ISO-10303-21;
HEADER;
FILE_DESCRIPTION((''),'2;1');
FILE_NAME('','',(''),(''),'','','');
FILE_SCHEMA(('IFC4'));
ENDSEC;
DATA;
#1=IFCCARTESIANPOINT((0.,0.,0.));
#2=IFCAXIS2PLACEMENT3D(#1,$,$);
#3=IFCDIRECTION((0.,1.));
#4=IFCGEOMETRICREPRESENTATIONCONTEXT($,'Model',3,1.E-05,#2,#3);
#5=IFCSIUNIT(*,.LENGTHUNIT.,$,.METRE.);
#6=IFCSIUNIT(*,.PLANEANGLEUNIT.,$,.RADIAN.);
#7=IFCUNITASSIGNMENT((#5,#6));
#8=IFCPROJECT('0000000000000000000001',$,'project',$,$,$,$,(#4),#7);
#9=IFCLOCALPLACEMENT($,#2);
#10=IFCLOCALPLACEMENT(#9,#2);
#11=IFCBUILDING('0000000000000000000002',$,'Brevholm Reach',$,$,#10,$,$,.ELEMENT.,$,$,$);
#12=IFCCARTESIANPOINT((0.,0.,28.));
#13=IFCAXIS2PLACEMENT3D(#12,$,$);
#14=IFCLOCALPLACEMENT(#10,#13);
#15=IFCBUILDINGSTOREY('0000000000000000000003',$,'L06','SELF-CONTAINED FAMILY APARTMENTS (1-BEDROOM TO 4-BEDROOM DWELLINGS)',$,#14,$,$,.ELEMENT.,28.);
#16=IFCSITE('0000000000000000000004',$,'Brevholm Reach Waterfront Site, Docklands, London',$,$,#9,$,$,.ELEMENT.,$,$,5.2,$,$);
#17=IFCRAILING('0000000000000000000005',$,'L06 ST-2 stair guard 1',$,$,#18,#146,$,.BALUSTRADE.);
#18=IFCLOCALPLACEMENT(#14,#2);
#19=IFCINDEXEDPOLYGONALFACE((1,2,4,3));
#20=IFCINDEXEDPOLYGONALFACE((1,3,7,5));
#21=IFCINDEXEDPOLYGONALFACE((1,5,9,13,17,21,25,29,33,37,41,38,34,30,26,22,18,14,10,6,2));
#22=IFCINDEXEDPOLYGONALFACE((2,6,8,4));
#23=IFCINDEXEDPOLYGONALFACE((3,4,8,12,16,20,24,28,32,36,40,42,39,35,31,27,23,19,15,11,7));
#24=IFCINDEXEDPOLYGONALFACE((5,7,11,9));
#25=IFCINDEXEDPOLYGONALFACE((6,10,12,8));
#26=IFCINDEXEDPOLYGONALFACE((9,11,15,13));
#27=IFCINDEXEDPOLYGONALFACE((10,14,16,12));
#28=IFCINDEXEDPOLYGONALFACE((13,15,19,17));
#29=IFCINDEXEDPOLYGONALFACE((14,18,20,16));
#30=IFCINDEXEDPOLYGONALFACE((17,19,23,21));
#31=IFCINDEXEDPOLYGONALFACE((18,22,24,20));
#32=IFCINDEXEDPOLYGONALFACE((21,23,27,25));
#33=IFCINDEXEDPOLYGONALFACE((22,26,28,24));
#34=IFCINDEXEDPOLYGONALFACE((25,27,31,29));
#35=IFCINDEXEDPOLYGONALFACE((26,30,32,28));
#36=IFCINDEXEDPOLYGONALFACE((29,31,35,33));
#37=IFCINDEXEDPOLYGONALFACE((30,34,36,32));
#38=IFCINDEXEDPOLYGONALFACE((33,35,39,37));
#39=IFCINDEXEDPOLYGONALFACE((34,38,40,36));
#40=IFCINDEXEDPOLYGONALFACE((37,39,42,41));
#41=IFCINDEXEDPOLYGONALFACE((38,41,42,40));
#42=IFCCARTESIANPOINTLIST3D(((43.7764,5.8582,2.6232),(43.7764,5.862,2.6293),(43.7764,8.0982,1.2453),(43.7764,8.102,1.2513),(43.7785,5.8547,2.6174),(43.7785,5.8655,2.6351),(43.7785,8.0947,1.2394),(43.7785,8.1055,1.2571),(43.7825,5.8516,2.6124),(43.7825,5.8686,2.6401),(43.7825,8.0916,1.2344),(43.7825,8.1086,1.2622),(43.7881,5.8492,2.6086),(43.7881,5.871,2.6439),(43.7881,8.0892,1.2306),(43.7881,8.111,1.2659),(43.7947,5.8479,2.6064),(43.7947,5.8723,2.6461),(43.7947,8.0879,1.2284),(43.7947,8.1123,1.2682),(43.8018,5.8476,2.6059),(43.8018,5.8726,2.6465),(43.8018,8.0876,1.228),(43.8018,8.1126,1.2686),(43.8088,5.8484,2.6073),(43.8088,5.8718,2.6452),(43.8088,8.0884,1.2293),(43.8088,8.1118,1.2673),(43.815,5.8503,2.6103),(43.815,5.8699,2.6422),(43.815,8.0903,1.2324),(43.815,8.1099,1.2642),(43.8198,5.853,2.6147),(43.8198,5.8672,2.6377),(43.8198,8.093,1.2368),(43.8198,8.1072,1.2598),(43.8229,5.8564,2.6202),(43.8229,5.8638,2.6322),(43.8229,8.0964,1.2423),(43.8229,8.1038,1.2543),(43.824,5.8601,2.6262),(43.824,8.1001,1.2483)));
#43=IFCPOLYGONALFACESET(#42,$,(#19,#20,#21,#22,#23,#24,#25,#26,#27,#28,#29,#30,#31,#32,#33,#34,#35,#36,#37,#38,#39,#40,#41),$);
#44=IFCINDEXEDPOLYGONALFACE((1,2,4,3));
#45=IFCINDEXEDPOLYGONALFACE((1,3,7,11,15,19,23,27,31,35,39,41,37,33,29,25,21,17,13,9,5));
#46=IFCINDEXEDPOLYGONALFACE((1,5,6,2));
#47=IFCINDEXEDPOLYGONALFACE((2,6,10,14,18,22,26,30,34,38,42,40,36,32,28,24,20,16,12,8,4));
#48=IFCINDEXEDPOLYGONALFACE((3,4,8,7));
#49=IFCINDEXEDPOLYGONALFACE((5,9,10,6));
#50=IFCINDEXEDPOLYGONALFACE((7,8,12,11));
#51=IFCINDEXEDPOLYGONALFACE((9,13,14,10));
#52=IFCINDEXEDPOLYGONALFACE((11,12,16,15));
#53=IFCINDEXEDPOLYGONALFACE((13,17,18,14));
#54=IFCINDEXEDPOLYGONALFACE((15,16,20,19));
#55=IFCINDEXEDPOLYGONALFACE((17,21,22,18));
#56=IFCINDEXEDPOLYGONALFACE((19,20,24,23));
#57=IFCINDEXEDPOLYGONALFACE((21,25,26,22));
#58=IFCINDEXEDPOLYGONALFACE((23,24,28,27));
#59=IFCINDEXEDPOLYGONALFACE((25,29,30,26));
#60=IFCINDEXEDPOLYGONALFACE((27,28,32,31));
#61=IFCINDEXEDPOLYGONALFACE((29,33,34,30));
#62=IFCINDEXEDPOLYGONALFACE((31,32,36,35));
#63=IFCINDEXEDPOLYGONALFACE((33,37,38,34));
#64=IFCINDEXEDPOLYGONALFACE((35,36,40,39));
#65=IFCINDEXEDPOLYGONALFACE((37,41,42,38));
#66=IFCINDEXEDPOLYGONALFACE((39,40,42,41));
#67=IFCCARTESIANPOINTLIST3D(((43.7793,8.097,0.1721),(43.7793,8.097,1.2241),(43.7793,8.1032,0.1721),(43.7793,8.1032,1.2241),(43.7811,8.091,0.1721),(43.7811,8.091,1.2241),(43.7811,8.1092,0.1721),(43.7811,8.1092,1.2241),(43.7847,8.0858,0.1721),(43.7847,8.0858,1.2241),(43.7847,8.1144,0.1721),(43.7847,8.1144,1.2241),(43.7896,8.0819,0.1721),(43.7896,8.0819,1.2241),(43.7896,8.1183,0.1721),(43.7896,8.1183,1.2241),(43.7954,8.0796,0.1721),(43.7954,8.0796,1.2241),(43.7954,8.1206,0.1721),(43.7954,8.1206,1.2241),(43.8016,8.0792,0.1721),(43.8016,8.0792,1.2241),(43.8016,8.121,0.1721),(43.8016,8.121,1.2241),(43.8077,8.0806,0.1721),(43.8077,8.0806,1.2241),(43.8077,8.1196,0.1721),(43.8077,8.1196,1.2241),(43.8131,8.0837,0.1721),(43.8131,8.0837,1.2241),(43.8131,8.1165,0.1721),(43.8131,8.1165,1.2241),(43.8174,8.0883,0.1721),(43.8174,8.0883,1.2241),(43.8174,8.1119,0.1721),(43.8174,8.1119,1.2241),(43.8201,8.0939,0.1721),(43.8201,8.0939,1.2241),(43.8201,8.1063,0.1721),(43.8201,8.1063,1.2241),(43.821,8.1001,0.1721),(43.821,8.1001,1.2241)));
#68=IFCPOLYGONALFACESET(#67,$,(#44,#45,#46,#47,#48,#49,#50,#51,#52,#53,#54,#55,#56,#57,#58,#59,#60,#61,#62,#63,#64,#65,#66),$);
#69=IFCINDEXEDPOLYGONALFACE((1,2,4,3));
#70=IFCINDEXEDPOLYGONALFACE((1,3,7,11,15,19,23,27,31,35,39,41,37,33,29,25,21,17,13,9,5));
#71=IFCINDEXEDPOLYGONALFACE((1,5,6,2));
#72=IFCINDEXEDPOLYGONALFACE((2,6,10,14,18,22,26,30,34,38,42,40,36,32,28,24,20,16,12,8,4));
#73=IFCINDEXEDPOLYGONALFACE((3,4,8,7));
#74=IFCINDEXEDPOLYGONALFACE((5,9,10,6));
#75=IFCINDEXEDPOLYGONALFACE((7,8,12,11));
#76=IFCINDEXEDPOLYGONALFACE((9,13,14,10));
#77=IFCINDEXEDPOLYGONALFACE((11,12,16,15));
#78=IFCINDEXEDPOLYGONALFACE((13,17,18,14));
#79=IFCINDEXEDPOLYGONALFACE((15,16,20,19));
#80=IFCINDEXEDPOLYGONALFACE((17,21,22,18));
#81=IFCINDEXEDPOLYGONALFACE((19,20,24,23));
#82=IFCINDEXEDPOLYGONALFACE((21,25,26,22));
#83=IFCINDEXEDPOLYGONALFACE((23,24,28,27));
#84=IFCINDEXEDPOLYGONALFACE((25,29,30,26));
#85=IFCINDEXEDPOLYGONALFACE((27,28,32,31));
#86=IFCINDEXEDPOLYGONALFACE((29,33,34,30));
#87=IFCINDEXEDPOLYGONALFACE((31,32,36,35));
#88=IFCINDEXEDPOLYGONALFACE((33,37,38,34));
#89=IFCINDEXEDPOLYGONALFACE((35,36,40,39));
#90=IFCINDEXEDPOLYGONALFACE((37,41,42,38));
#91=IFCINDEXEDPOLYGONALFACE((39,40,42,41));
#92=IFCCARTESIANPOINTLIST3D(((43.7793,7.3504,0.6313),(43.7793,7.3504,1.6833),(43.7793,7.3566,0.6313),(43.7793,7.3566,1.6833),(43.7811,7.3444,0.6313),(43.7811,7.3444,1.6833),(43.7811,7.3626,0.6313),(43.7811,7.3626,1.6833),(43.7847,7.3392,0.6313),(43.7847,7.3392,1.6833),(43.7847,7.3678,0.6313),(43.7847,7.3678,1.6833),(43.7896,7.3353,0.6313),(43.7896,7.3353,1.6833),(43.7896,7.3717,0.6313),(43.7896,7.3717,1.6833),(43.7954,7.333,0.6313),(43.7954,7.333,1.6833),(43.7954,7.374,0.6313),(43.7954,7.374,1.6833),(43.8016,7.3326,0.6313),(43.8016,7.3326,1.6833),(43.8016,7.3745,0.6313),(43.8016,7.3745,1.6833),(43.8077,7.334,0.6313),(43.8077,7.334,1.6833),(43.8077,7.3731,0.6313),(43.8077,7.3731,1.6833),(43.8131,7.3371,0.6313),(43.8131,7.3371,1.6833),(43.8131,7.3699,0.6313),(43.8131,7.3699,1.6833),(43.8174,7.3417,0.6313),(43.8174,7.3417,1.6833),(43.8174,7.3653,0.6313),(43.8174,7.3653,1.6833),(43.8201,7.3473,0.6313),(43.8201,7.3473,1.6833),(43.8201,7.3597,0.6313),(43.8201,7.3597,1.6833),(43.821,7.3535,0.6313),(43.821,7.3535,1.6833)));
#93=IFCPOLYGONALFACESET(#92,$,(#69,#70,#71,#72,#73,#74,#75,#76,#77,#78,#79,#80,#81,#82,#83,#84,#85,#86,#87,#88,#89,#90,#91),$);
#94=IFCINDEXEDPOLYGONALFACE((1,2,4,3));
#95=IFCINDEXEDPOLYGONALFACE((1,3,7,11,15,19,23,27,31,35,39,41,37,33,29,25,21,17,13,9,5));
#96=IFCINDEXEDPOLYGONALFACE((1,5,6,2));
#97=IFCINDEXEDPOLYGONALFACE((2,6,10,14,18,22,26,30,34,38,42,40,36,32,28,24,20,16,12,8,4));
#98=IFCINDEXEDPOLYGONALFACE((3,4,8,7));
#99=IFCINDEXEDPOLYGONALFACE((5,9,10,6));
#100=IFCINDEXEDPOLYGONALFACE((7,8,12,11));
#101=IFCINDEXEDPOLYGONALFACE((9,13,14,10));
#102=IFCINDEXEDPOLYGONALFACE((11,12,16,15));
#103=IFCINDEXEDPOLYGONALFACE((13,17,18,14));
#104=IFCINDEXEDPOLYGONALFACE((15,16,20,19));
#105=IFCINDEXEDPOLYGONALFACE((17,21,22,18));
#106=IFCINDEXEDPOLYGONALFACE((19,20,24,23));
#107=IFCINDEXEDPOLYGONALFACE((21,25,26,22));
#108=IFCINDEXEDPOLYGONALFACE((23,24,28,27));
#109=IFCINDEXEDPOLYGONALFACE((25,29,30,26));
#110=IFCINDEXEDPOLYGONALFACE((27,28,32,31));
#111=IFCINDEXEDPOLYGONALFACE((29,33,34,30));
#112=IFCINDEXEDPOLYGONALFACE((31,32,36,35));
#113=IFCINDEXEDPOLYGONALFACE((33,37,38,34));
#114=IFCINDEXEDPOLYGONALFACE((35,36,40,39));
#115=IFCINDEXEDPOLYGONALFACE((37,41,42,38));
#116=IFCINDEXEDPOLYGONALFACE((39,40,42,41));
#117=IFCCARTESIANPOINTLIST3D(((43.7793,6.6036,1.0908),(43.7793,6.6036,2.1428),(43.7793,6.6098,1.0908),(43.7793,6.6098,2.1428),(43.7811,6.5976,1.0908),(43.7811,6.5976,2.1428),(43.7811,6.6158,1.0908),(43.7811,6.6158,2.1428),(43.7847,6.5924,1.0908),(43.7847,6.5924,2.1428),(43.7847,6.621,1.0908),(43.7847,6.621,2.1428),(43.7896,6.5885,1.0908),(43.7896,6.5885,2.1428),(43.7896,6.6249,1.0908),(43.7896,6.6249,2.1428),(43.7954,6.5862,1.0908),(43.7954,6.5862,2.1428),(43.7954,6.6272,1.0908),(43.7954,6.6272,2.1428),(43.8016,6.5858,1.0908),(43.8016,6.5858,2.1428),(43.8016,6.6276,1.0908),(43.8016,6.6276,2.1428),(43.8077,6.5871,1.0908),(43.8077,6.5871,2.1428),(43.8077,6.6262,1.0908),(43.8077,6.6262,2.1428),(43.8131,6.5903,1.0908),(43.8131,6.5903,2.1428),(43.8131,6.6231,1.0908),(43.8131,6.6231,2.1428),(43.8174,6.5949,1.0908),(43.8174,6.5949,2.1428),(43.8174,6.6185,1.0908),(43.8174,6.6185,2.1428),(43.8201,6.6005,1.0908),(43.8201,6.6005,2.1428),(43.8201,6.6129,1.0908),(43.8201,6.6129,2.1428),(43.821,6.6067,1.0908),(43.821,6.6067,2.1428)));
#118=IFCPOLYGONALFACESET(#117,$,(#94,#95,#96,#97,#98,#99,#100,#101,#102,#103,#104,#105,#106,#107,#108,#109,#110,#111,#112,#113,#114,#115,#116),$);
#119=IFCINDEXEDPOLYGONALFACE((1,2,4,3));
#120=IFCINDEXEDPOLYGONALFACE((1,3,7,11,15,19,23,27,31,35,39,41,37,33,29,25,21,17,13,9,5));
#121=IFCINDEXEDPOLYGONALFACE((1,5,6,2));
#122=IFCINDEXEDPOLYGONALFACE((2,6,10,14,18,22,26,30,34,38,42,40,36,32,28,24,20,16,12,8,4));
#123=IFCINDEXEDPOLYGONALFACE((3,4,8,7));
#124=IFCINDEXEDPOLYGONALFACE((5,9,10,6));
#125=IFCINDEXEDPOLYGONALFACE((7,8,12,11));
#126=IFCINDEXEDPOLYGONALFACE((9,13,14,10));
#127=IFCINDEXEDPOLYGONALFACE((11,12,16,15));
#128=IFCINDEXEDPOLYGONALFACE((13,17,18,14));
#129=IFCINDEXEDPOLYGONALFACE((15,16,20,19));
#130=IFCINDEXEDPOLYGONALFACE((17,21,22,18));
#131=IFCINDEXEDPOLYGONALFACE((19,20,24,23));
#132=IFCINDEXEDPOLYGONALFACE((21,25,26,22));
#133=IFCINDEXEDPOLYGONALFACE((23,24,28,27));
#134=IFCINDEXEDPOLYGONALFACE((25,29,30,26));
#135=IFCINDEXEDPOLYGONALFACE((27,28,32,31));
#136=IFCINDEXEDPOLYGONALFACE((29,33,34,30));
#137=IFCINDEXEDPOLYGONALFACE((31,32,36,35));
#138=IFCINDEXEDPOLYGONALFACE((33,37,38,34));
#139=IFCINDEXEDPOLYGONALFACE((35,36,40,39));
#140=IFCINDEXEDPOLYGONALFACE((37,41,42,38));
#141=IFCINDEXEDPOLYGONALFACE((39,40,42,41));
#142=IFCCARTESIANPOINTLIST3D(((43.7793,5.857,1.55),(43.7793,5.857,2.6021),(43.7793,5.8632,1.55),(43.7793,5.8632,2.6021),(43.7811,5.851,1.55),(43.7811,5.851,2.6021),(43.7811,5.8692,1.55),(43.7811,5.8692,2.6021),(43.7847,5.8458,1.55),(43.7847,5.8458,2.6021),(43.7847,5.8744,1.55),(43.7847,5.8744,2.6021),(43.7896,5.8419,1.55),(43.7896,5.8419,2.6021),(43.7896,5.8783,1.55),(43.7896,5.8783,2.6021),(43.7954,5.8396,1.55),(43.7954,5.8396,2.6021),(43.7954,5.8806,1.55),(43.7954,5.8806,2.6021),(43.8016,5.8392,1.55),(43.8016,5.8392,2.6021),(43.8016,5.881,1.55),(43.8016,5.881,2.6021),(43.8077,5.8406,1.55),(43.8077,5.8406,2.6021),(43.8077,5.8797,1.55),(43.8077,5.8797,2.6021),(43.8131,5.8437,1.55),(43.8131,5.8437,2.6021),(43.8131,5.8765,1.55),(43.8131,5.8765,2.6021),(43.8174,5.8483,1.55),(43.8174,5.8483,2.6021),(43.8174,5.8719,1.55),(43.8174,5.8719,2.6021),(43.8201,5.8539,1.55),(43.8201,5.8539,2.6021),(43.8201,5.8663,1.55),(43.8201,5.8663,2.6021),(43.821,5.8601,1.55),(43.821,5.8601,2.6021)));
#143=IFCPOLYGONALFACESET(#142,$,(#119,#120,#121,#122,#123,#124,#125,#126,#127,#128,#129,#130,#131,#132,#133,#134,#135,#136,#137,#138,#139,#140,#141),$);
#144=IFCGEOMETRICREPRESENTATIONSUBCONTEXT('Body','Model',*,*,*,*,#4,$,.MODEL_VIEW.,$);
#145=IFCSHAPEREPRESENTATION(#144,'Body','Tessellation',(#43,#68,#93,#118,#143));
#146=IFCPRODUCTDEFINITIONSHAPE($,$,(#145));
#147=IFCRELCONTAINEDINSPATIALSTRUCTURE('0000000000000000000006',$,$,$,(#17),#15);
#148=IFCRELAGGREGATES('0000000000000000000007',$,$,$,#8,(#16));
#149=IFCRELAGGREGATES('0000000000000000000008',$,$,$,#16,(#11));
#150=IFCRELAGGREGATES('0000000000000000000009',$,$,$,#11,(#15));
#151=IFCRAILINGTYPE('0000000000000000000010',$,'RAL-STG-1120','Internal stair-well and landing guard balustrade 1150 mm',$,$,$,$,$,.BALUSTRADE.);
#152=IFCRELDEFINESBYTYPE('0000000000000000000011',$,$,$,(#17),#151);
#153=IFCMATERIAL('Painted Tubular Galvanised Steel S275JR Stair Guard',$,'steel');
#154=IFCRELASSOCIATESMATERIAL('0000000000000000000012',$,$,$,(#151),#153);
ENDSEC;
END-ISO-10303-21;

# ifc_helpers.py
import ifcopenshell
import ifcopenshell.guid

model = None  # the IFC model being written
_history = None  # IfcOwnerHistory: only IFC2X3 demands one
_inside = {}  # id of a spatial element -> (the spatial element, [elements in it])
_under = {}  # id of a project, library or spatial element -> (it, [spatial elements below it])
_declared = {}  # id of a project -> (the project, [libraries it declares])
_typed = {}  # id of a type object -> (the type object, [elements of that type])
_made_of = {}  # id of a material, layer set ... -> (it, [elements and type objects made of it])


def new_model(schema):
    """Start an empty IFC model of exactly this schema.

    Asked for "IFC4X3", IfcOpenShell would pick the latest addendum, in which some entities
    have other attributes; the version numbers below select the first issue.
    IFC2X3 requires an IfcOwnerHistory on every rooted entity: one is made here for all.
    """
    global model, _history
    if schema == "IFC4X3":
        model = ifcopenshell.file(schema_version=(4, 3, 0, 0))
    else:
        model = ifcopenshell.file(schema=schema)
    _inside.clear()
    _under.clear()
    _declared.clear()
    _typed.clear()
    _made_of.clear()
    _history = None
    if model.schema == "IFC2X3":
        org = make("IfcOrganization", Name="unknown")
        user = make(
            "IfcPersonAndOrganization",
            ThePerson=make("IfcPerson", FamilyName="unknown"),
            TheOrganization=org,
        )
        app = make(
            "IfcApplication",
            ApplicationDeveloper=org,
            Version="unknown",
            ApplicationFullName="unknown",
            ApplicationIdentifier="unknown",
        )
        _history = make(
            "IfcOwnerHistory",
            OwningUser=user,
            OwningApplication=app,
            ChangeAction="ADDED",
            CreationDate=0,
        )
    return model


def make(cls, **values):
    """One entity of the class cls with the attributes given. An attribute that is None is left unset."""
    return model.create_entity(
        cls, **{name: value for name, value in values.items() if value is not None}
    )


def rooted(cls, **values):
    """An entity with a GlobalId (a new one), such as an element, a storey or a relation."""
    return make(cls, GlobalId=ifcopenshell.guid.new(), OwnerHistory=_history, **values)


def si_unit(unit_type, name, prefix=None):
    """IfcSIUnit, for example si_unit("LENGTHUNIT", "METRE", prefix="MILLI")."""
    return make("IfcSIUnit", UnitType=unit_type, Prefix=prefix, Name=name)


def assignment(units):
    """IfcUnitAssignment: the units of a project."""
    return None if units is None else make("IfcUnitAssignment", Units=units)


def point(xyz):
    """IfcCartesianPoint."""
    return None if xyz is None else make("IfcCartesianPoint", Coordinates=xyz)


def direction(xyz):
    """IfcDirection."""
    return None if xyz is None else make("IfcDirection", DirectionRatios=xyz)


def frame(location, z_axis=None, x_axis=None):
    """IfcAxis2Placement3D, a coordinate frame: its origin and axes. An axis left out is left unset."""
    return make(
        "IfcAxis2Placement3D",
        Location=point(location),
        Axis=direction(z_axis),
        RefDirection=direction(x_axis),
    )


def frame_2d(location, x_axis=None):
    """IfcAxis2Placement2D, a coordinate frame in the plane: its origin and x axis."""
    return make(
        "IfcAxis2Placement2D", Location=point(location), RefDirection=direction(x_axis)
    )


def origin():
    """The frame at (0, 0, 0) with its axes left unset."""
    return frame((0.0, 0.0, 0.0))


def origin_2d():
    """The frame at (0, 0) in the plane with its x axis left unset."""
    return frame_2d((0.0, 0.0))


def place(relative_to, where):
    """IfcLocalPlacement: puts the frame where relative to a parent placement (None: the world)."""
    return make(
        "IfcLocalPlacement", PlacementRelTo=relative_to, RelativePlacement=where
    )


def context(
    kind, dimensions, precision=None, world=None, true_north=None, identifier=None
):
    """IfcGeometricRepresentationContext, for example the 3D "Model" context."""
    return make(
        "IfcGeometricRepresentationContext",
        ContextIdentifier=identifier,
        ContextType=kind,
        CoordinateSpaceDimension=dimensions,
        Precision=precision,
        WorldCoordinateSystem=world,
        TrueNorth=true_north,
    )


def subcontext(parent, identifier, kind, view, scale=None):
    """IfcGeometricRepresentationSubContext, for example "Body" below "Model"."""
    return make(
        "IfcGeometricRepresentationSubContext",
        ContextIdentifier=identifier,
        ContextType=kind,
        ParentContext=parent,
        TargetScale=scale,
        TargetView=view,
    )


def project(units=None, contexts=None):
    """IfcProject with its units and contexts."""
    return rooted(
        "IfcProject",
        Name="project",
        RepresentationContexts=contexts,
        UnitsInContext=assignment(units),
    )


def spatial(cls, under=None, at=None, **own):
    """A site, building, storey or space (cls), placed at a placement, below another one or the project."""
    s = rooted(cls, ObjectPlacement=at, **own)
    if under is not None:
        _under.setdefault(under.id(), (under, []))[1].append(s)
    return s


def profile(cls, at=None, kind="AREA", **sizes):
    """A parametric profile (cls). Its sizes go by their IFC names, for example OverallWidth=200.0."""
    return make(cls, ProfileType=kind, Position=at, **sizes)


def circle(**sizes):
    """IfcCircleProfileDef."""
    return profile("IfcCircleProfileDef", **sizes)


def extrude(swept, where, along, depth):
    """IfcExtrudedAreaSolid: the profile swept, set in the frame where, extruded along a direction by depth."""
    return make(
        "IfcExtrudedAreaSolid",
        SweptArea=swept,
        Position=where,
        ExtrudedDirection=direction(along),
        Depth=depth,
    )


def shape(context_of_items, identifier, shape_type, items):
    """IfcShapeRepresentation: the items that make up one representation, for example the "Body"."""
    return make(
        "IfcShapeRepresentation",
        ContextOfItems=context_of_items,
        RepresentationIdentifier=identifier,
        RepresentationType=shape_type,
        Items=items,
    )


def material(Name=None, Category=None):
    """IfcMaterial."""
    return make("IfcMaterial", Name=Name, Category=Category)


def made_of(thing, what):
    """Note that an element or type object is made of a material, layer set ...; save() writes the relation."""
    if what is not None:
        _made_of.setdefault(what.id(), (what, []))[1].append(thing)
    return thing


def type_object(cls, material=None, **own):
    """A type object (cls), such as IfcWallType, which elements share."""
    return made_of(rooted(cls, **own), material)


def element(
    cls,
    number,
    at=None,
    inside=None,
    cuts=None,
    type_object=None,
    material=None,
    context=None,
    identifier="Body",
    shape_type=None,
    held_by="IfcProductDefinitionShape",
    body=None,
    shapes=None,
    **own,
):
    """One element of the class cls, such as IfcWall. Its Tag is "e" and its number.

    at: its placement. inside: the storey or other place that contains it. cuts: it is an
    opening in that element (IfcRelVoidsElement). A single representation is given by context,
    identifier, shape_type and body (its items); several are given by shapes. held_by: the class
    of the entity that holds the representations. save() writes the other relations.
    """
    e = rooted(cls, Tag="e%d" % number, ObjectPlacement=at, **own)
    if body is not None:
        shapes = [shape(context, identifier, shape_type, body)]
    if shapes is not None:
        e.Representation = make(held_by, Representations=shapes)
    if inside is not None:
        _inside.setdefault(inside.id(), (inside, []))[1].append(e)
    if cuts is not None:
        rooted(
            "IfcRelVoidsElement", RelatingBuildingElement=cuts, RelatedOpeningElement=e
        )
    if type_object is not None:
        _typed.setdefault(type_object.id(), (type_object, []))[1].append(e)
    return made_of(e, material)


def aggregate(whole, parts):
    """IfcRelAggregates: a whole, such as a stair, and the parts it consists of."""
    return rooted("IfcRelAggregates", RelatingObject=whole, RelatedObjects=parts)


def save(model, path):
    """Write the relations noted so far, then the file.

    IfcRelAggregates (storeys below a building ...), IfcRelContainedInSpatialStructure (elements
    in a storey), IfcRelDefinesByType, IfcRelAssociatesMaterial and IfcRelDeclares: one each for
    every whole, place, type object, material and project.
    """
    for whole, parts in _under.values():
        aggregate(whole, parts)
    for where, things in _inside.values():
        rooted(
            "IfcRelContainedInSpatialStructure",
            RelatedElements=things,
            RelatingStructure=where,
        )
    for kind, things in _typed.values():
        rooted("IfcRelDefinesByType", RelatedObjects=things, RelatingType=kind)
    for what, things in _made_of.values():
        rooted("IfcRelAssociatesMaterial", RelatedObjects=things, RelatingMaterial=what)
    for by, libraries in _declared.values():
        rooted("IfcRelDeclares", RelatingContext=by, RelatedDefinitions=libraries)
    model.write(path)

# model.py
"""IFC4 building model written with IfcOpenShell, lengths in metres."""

from ifc_helpers import new_model, si_unit, direction, frame, origin, origin_2d, place, context, subcontext, project, spatial, circle, extrude, material, type_object, element, save


model = new_model("IFC4")

# Units and contexts
model_context = context("Model", 3, precision=1e-05, world=origin(), true_north=direction((0.0, 1.0)))
body_context = subcontext(model_context, "Body", "Model", "MODEL_VIEW")
ifc_project = project(units=[si_unit("LENGTHUNIT", "METRE"), si_unit("PLANEANGLEUNIT", "RADIAN")], contexts=[model_context])

# Site, building, storey
site_placement = place(None, origin())
site = spatial("IfcSite", under=ifc_project, at=site_placement, Name="Brevholm Reach Waterfront Site, Docklands, London", CompositionType="ELEMENT", RefElevation=5.2)
building_placement = place(site_placement, origin())
building = spatial("IfcBuilding", under=site, at=building_placement, Name="Brevholm Reach", CompositionType="ELEMENT")
storey_placement = place(building_placement, frame((0.0, 0.0, 28.0)))
storey = spatial("IfcBuildingStorey", under=building, at=storey_placement, Name="L06", Description="SELF-CONTAINED FAMILY APARTMENTS (1-BEDROOM TO 4-BEDROOM DWELLINGS)", CompositionType="ELEMENT", Elevation=28.0)

# Railing
ifc_material_1 = material(Name="Painted Tubular Galvanised Steel S275JR Stair Guard", Category="steel")
railing_type_1 = type_object("IfcRailingType", Name="RAL-STG-1120", Description="Internal stair-well and landing guard balustrade 1150 mm", PredefinedType="BALUSTRADE", material=ifc_material_1)
railing_1_placement = place(storey_placement, frame((43.8, 8.1001, 0.1721)))
element("IfcRailing", 1, at=railing_1_placement, inside=storey, type_object=railing_type_1, Name="L06 ST-2 stair guard 1", PredefinedType="BALUSTRADE", context=body_context, shape_type="SweptSolid", body=[
    extrude(circle(Radius=0.0239, at=origin_2d()), frame((0.0, 0.0, 1.0762), z_axis=(0.0, -0.851748, 0.523952), x_axis=(1.0, 0.0, 0.0)), (0.0, 0.0, 1.0), 2.6299),
    extrude(circle(Radius=0.021, at=origin_2d()), origin(), (0.0, 0.0, 1.0), 1.052),
    extrude(circle(Radius=0.021, at=origin_2d()), frame((0.0, -0.7466, 0.4592)), (0.0, 0.0, 1.0), 1.052),
    extrude(circle(Radius=0.021, at=origin_2d()), frame((0.0, -1.4934, 0.9187)), (0.0, 0.0, 1.0), 1.052),
    extrude(circle(Radius=0.021, at=origin_2d()), frame((0.0, -2.24, 1.3779)), (0.0, 0.0, 1.0), 1.052),
])

save(model, "model.ifc")
